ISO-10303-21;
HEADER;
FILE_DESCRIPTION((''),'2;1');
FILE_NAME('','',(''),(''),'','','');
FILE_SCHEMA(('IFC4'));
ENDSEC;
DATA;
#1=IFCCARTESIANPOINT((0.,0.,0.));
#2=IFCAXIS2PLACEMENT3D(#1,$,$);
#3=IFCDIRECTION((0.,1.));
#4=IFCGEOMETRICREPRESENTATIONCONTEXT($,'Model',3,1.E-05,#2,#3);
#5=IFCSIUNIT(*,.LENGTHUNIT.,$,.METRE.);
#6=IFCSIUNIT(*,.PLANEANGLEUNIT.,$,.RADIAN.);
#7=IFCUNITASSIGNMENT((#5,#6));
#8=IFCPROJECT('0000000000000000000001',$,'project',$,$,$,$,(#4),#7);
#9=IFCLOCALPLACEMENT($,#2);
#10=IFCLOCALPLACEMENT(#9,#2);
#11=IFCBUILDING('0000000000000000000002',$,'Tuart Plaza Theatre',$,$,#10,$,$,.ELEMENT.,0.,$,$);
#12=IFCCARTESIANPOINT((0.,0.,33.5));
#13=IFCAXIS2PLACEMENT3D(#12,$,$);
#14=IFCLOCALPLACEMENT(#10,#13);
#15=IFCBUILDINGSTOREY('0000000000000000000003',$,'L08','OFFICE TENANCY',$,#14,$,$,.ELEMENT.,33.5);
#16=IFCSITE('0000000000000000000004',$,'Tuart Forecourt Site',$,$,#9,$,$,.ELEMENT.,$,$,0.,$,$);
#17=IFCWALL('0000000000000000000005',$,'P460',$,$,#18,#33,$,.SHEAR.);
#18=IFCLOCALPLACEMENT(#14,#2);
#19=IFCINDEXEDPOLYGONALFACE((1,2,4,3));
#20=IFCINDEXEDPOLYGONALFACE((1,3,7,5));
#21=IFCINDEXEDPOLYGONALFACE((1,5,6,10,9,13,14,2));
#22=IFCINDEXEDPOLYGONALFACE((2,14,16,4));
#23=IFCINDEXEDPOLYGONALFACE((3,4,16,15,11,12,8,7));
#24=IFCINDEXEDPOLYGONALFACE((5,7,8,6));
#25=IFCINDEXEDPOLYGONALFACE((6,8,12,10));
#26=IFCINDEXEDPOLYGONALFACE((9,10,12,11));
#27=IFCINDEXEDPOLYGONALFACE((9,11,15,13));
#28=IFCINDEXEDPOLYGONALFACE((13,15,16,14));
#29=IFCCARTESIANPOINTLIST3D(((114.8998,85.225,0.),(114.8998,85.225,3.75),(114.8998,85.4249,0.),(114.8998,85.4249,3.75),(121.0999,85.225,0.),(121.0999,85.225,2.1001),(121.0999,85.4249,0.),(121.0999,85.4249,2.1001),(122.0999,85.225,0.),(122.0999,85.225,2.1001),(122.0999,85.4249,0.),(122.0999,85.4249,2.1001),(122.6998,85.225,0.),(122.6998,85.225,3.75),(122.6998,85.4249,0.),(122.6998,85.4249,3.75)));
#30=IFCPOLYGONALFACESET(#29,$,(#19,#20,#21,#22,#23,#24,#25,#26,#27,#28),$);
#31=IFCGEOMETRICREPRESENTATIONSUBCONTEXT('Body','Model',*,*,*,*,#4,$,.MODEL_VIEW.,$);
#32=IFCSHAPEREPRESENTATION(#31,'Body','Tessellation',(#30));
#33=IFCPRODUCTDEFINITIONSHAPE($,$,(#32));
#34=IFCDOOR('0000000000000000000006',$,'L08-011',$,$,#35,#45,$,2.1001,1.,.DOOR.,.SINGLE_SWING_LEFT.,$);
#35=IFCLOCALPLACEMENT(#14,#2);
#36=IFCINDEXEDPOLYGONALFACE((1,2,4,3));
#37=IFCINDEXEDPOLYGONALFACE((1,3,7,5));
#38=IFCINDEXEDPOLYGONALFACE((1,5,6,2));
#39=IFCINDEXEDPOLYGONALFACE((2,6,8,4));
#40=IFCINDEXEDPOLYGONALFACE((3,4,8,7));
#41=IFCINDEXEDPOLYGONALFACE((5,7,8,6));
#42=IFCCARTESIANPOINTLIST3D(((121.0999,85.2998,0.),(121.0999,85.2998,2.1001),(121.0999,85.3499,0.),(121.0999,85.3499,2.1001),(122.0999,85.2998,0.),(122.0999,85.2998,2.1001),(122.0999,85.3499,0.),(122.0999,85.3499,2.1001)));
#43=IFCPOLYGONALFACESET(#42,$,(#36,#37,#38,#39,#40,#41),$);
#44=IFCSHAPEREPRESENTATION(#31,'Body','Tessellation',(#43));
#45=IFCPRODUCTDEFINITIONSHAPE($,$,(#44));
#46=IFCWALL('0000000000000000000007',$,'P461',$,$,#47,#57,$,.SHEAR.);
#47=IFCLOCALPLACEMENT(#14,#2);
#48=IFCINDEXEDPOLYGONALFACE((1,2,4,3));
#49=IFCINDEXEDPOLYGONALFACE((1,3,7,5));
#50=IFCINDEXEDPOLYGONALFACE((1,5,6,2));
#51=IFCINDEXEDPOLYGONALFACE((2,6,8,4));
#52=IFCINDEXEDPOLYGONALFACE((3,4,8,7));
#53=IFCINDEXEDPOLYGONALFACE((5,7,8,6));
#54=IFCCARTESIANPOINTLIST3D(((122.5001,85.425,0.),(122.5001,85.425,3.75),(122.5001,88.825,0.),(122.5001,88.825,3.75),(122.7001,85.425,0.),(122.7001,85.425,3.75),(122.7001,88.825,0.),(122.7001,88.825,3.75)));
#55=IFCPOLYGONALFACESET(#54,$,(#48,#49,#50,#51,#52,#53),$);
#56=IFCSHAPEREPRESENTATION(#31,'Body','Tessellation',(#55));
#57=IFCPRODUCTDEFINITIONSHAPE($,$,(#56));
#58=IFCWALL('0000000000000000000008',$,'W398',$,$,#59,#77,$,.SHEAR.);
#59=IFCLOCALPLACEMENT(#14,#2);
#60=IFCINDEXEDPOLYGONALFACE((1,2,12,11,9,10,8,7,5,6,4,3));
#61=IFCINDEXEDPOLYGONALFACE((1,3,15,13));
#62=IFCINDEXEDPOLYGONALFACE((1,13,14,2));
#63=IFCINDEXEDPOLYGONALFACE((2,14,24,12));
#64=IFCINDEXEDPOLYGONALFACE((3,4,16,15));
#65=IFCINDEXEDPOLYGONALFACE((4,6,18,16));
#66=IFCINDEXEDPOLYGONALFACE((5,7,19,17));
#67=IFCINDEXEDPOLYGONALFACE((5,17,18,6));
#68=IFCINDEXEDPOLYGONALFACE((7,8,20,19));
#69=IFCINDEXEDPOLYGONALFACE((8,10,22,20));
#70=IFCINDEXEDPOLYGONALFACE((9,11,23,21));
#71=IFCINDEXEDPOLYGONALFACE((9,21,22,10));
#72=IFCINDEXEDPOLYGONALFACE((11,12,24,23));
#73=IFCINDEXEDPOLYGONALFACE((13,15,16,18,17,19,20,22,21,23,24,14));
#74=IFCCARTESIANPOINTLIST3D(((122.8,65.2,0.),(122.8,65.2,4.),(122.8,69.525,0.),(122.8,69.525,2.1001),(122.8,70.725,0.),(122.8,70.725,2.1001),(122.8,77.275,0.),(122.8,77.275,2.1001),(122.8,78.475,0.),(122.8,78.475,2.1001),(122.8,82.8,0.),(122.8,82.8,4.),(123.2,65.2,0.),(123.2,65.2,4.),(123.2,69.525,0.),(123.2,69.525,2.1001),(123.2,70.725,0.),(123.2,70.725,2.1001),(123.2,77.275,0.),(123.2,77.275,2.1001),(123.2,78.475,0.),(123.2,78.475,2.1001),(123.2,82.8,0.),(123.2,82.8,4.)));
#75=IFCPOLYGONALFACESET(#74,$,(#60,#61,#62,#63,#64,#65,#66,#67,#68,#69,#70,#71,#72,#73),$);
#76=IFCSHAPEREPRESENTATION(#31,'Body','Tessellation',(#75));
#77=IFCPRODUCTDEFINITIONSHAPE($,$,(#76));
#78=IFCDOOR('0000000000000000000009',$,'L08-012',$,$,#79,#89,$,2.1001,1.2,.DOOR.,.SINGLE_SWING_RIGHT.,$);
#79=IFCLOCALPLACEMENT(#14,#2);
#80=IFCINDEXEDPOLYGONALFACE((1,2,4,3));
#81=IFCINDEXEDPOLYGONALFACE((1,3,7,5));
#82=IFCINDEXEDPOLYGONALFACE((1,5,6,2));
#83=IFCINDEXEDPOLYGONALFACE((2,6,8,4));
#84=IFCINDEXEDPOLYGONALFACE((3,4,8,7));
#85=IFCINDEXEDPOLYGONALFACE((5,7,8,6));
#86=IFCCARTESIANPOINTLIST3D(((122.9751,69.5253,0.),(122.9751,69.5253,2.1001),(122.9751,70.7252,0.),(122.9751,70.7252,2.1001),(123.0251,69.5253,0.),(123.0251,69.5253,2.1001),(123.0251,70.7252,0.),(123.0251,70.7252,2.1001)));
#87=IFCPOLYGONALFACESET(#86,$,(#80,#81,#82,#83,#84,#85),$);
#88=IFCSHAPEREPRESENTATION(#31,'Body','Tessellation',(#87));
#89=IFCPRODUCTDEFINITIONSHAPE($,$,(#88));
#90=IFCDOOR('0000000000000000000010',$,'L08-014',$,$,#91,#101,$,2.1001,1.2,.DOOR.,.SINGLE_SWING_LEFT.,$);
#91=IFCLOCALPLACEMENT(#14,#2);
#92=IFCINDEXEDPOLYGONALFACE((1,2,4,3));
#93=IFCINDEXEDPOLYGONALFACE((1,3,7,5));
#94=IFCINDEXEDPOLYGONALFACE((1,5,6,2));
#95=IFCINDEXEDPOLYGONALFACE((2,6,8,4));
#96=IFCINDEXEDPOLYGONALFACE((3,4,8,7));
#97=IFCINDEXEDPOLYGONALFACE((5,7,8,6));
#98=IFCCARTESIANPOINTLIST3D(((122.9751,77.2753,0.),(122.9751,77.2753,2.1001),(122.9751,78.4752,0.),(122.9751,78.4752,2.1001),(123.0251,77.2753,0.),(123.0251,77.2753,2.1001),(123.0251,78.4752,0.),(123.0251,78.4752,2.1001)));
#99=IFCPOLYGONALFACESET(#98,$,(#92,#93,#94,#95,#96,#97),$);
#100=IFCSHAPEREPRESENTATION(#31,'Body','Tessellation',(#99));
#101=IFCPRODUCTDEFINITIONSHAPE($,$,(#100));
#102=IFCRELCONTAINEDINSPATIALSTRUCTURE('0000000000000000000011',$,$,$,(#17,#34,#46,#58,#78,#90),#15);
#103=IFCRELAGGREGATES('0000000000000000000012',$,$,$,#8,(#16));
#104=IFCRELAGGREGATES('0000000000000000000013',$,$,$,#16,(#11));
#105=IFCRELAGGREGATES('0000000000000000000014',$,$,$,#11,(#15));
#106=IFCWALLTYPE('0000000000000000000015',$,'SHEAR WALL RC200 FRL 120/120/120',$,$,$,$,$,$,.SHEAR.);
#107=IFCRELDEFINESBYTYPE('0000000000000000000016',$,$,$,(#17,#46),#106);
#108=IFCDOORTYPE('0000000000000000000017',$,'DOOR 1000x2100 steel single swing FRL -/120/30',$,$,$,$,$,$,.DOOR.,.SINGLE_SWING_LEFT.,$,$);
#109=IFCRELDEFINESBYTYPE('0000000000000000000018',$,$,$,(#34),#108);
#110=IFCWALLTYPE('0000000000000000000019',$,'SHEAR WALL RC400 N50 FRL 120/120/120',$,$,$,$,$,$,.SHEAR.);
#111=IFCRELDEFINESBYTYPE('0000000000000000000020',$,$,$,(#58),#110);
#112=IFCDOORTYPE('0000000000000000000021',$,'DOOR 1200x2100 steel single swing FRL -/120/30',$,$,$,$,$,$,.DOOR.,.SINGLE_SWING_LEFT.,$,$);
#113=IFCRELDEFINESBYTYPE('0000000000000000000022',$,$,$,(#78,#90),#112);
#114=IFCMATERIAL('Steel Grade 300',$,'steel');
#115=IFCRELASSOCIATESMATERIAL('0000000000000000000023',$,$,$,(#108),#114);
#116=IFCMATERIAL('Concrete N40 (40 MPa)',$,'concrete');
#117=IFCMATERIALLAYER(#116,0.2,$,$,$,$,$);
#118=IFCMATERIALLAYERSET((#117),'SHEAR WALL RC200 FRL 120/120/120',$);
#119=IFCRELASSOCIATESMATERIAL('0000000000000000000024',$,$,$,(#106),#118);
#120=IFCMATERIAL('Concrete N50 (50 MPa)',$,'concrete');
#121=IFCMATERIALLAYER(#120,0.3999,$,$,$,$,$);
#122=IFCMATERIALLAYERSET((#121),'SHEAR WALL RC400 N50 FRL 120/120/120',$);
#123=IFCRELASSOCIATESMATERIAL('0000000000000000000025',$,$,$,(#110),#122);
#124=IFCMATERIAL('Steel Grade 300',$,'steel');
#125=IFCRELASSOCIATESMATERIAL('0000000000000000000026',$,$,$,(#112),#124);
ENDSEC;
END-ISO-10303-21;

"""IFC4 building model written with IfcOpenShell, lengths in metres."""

from ifc_helpers import new_model, si_unit, direction, frame, frame_2d, origin, place, context, subcontext, project, spatial, rectangle, extrude, material, layer, layer_set, type_object, element, fill, save


model = new_model("IFC4")

# Units and contexts
model_context = context("Model", 3, precision=1e-05, world=origin(), true_north=direction((0.0, 1.0)))
body_context = subcontext(model_context, "Body", "Model", "MODEL_VIEW")
ifc_project = project(units=[si_unit("LENGTHUNIT", "METRE"), si_unit("PLANEANGLEUNIT", "RADIAN")], contexts=[model_context])

# Site, building, storey
site_placement = place(None, origin())
site = spatial("IfcSite", under=ifc_project, at=site_placement, Name="Tuart Forecourt Site", CompositionType="ELEMENT", RefElevation=0.0)
building_placement = place(site_placement, origin())
building = spatial("IfcBuilding", under=site, at=building_placement, Name="Tuart Plaza Theatre", CompositionType="ELEMENT", ElevationOfRefHeight=0.0)
storey_placement = place(building_placement, frame((0.0, 0.0, 33.5)))
storey = spatial("IfcBuildingStorey", under=building, at=storey_placement, Name="L08", Description="OFFICE TENANCY", CompositionType="ELEMENT", Elevation=33.5)

# Shared definitions
ifc_material_1 = material(Name="Steel Grade 300", Category="steel")
door_type_1 = type_object("IfcDoorType", Name="DOOR 1000x2100 steel single swing FRL -/120/30", OperationType="SINGLE_SWING_LEFT", PredefinedType="DOOR", material=ifc_material_1)

# Shared definitions
ifc_material_2 = material(Name="Concrete N40 (40 MPa)", Category="concrete")
ifc_layer_1 = layer(ifc_material_2, 0.2)
ifc_layer_set_1 = layer_set([ifc_layer_1], Name="SHEAR WALL RC200 FRL 120/120/120")
wall_type_1 = type_object("IfcWallType", Name="SHEAR WALL RC200 FRL 120/120/120", PredefinedType="SHEAR", material=ifc_layer_set_1)

# Wall, opening, door
wall_1_placement = place(storey_placement, frame((114.8999, 85.325, 0.0), z_axis=(0.0, 0.0, 1.0), x_axis=(1.0, 0.0, 0.0)))
wall_1 = element("IfcWall", 1, at=wall_1_placement, inside=storey, type_object=wall_type_1, Name="P460", PredefinedType="SHEAR", context=body_context, shape_type="SweptSolid", body=[
    extrude(rectangle(XDim=7.8, YDim=0.2, at=frame_2d((3.8999, 0.0))), origin(), (0.0, 0.0, 1.0), 3.75),
])
opening_1_placement = place(wall_1_placement, frame((6.2, 0.0, 0.0)))
opening_1 = element("IfcOpeningElement", 2, at=opening_1_placement, cuts=wall_1, PredefinedType="OPENING", context=body_context, shape_type="SweptSolid", body=[
    extrude(rectangle(XDim=1.0, YDim=2.1001, at=frame_2d((0.5, 1.05))), frame((0.0, 0.1099, 0.0), z_axis=(0.0, -1.0, 0.0), x_axis=(1.0, 0.0, 0.0)), (0.0, 0.0, 1.0), 0.22),
])
door_1_placement = place(opening_1_placement, origin())
door_1 = element("IfcDoor", 3, at=door_1_placement, inside=storey, type_object=door_type_1, Name="L08-011", OperationType="SINGLE_SWING_LEFT", OverallHeight=2.1001, OverallWidth=1.0, PredefinedType="DOOR", context=body_context, shape_type="SweptSolid", body=[
    extrude(rectangle(XDim=1.0, YDim=2.1001, at=frame_2d((0.5, 1.05))), frame((0.0, 0.0249, 0.0), z_axis=(0.0, -1.0, 0.0), x_axis=(1.0, 0.0, 0.0)), (0.0, 0.0, 1.0), 0.05),
])
fill(opening_1, door_1)

# Wall
wall_2_placement = place(storey_placement, frame((122.6001, 85.425, 0.0), z_axis=(0.0, 0.0, 1.0), x_axis=(0.0, 1.0, 0.0)))
element("IfcWall", 4, at=wall_2_placement, inside=storey, type_object=wall_type_1, Name="P461", PredefinedType="SHEAR", context=body_context, shape_type="SweptSolid", body=[
    extrude(rectangle(XDim=3.3999, YDim=0.2, at=frame_2d((1.7, 0.0))), origin(), (0.0, 0.0, 1.0), 3.75),
])

# Wall, openings, doors
ifc_material_3 = material(Name="Concrete N50 (50 MPa)", Category="concrete")
ifc_layer_2 = layer(ifc_material_3, 0.3999)
ifc_layer_set_2 = layer_set([ifc_layer_2], Name="SHEAR WALL RC400 N50 FRL 120/120/120")
wall_type_2 = type_object("IfcWallType", Name="SHEAR WALL RC400 N50 FRL 120/120/120", PredefinedType="SHEAR", material=ifc_layer_set_2)
wall_3_placement = place(storey_placement, frame((123.0, 82.8, 0.0), z_axis=(0.0, 0.0, 1.0), x_axis=(0.0, -1.0, 0.0)))
wall_3 = element("IfcWall", 5, at=wall_3_placement, inside=storey, type_object=wall_type_2, Name="W398", PredefinedType="SHEAR", context=body_context, shape_type="SweptSolid", body=[
    extrude(rectangle(XDim=17.6001, YDim=0.3999, at=frame_2d((8.8, 0.0))), origin(), (0.0, 0.0, 1.0), 4.0),
])
opening_2_placement = place(wall_3_placement, frame((12.075, 0.0, 0.0)))
opening_2 = element("IfcOpeningElement", 6, at=opening_2_placement, cuts=wall_3, PredefinedType="OPENING", context=body_context, shape_type="SweptSolid", body=[
    extrude(rectangle(XDim=1.2, YDim=2.1001, at=frame_2d((0.6001, 1.05))), frame((0.0, 0.21, 0.0), z_axis=(0.0, -1.0, 0.0), x_axis=(1.0, 0.0, 0.0)), (0.0, 0.0, 1.0), 0.4199),
])
opening_3_placement = place(wall_3_placement, frame((4.325, 0.0, 0.0)))
opening_3 = element("IfcOpeningElement", 7, at=opening_3_placement, cuts=wall_3, PredefinedType="OPENING", context=body_context, shape_type="SweptSolid", body=[
    extrude(rectangle(XDim=1.2, YDim=2.1001, at=frame_2d((0.6001, 1.05))), frame((0.0, 0.21, 0.0), z_axis=(0.0, -1.0, 0.0), x_axis=(1.0, 0.0, 0.0)), (0.0, 0.0, 1.0), 0.4199),
])
ifc_material_4 = material(Name="Steel Grade 300", Category="steel")
door_type_2 = type_object("IfcDoorType", Name="DOOR 1200x2100 steel single swing FRL -/120/30", OperationType="SINGLE_SWING_LEFT", PredefinedType="DOOR", material=ifc_material_4)
door_2_placement = place(opening_2_placement, frame((1.2, 0.0, 0.0), z_axis=(0.0, 0.0, 1.0), x_axis=(-1.0, 0.0, 0.0)))
door_2 = element("IfcDoor", 8, at=door_2_placement, inside=storey, type_object=door_type_2, Name="L08-012", OperationType="SINGLE_SWING_RIGHT", OverallHeight=2.1001, OverallWidth=1.2, PredefinedType="DOOR", context=body_context, shape_type="SweptSolid", body=[
    extrude(rectangle(XDim=1.2, YDim=2.1001, at=frame_2d((0.6001, 1.05))), frame((0.0, 0.0249, 0.0), z_axis=(0.0, -1.0, 0.0), x_axis=(1.0, 0.0, 0.0)), (0.0, 0.0, 1.0), 0.05),
])
fill(opening_2, door_2)
door_3_placement = place(opening_3_placement, frame((1.2, 0.0, 0.0), z_axis=(0.0, 0.0, 1.0), x_axis=(-1.0, 0.0, 0.0)))
door_3 = element("IfcDoor", 9, at=door_3_placement, inside=storey, type_object=door_type_2, Name="L08-014", OperationType="SINGLE_SWING_LEFT", OverallHeight=2.1001, OverallWidth=1.2, PredefinedType="DOOR", context=body_context, shape_type="SweptSolid", body=[
    extrude(rectangle(XDim=1.2, YDim=2.1001, at=frame_2d((0.6001, 1.05))), frame((0.0, 0.0249, 0.0), z_axis=(0.0, -1.0, 0.0), x_axis=(1.0, 0.0, 0.0)), (0.0, 0.0, 1.0), 0.05),
])
fill(opening_3, door_3)

save(model, "model.ifc")
